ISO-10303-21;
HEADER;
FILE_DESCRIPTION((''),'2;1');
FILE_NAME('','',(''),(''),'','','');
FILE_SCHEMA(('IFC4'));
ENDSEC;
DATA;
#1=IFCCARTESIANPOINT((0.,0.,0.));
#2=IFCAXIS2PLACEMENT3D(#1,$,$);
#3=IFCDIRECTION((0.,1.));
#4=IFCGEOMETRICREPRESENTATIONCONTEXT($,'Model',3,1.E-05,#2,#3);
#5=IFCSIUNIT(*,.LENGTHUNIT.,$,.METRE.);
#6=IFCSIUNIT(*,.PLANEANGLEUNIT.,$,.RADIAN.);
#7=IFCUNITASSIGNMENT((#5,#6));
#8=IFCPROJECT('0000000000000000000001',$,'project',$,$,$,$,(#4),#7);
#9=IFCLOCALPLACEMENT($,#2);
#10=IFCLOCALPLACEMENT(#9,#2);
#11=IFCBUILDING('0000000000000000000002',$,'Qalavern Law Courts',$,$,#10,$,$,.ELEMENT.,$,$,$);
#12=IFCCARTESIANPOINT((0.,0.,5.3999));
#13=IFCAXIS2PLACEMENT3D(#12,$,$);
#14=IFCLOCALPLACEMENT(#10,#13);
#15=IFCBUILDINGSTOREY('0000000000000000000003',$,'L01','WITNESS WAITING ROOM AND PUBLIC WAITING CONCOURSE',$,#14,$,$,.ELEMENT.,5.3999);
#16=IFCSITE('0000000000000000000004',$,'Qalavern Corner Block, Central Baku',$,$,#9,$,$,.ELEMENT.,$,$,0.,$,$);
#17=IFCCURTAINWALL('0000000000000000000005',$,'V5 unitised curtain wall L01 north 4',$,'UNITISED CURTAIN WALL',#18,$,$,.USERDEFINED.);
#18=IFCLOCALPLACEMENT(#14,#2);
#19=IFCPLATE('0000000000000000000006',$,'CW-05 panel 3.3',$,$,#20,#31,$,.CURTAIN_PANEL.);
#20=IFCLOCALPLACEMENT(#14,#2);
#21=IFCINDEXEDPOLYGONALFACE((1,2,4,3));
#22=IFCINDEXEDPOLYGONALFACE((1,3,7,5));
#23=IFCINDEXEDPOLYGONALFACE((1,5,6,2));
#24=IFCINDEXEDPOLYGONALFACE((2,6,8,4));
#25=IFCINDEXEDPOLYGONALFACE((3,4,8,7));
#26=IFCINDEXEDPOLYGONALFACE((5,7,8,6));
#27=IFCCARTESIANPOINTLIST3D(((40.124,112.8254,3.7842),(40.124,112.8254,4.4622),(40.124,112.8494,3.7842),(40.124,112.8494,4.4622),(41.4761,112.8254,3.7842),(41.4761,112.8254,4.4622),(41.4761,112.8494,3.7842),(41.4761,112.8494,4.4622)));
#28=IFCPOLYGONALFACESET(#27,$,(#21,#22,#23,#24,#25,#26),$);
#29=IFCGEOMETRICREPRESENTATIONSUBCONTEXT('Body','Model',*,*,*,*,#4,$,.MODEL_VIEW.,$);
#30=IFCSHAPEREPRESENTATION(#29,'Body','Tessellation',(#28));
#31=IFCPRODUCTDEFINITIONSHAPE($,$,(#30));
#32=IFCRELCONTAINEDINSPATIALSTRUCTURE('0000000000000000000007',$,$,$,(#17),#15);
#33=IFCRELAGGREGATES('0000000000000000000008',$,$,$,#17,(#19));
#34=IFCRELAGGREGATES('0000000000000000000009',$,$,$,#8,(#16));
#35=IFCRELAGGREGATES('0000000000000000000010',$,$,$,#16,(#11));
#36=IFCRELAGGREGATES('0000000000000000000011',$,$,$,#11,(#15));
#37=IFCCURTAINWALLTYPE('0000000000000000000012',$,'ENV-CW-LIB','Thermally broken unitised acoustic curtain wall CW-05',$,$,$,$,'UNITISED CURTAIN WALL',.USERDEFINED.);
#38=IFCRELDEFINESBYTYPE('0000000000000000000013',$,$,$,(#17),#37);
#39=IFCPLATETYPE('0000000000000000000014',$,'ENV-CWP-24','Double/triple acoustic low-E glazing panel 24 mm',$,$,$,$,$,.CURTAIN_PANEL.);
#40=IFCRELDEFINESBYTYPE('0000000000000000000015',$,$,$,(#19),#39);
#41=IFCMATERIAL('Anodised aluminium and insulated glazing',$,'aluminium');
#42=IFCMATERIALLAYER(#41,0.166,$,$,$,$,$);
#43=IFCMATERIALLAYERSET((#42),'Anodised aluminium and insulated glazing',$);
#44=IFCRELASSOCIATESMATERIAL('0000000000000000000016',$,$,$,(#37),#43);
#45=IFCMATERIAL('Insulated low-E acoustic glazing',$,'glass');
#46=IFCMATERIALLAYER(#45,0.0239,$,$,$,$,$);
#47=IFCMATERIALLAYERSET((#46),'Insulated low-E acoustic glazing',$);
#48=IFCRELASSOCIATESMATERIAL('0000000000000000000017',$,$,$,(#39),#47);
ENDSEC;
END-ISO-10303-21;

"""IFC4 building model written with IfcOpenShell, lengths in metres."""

from ifc_helpers import new_model, si_unit, direction, frame, origin, origin_2d, place, context, subcontext, project, spatial, rectangle, extrude, material, layer, layer_set, type_object, element, aggregate, save


model = new_model("IFC4")

# Units and contexts
model_context = context("Model", 3, precision=1e-05, world=origin(), true_north=direction((0.0, 1.0)))
body_context = subcontext(model_context, "Body", "Model", "MODEL_VIEW")
ifc_project = project(units=[si_unit("LENGTHUNIT", "METRE"), si_unit("PLANEANGLEUNIT", "RADIAN")], contexts=[model_context])

# Site, building, storey
site_placement = place(None, origin())
site = spatial("IfcSite", under=ifc_project, at=site_placement, Name="Qalavern Corner Block, Central Baku", CompositionType="ELEMENT", RefElevation=0.0)
building_placement = place(site_placement, origin())
building = spatial("IfcBuilding", under=site, at=building_placement, Name="Qalavern Law Courts", CompositionType="ELEMENT")
storey_placement = place(building_placement, frame((0.0, 0.0, 5.3999)))
storey = spatial("IfcBuildingStorey", under=building, at=storey_placement, Name="L01", Description="WITNESS WAITING ROOM AND PUBLIC WAITING CONCOURSE", CompositionType="ELEMENT", Elevation=5.3999)

# Curtain wall
ifc_material_1 = material(Name="Anodised aluminium and insulated glazing", Category="aluminium")
ifc_layer_1 = layer(ifc_material_1, 0.166)
ifc_layer_set_1 = layer_set([ifc_layer_1], Name="Anodised aluminium and insulated glazing")
curtain_wall_type = type_object("IfcCurtainWallType", Name="ENV-CW-LIB", Description="Thermally broken unitised acoustic curtain wall CW-05", ElementType="UNITISED CURTAIN WALL", PredefinedType="USERDEFINED", material=ifc_layer_set_1)
curtain_wall_placement = place(storey_placement, origin())
curtain_wall = element("IfcCurtainWall", 1, at=curtain_wall_placement, inside=storey, type_object=curtain_wall_type, Name="V5 unitised curtain wall L01 north 4", ObjectType="UNITISED CURTAIN WALL", PredefinedType="USERDEFINED")

# Plate
ifc_material_2 = material(Name="Insulated low-E acoustic glazing", Category="glass")
ifc_layer_2 = layer(ifc_material_2, 0.0239)
ifc_layer_set_2 = layer_set([ifc_layer_2], Name="Insulated low-E acoustic glazing")
plate_type = type_object("IfcPlateType", Name="ENV-CWP-24", Description="Double/triple acoustic low-E glazing panel 24 mm", PredefinedType="CURTAIN_PANEL", material=ifc_layer_set_2)
plate_1_placement = place(storey_placement, frame((40.8, 112.8374, 3.7842), z_axis=(0.0, 0.0, 1.0), x_axis=(-1.0, 0.0, 0.0)))
plate_1 = element("IfcPlate", 2, at=plate_1_placement, type_object=plate_type, Name="CW-05 panel 3.3", PredefinedType="CURTAIN_PANEL", context=body_context, shape_type="SweptSolid", body=[
    extrude(rectangle(XDim=1.3521, YDim=0.0239, at=origin_2d()), origin(), (0.0, 0.0, 1.0), 0.678),
])
aggregate(curtain_wall, [plate_1])

save(model, "model.ifc")
